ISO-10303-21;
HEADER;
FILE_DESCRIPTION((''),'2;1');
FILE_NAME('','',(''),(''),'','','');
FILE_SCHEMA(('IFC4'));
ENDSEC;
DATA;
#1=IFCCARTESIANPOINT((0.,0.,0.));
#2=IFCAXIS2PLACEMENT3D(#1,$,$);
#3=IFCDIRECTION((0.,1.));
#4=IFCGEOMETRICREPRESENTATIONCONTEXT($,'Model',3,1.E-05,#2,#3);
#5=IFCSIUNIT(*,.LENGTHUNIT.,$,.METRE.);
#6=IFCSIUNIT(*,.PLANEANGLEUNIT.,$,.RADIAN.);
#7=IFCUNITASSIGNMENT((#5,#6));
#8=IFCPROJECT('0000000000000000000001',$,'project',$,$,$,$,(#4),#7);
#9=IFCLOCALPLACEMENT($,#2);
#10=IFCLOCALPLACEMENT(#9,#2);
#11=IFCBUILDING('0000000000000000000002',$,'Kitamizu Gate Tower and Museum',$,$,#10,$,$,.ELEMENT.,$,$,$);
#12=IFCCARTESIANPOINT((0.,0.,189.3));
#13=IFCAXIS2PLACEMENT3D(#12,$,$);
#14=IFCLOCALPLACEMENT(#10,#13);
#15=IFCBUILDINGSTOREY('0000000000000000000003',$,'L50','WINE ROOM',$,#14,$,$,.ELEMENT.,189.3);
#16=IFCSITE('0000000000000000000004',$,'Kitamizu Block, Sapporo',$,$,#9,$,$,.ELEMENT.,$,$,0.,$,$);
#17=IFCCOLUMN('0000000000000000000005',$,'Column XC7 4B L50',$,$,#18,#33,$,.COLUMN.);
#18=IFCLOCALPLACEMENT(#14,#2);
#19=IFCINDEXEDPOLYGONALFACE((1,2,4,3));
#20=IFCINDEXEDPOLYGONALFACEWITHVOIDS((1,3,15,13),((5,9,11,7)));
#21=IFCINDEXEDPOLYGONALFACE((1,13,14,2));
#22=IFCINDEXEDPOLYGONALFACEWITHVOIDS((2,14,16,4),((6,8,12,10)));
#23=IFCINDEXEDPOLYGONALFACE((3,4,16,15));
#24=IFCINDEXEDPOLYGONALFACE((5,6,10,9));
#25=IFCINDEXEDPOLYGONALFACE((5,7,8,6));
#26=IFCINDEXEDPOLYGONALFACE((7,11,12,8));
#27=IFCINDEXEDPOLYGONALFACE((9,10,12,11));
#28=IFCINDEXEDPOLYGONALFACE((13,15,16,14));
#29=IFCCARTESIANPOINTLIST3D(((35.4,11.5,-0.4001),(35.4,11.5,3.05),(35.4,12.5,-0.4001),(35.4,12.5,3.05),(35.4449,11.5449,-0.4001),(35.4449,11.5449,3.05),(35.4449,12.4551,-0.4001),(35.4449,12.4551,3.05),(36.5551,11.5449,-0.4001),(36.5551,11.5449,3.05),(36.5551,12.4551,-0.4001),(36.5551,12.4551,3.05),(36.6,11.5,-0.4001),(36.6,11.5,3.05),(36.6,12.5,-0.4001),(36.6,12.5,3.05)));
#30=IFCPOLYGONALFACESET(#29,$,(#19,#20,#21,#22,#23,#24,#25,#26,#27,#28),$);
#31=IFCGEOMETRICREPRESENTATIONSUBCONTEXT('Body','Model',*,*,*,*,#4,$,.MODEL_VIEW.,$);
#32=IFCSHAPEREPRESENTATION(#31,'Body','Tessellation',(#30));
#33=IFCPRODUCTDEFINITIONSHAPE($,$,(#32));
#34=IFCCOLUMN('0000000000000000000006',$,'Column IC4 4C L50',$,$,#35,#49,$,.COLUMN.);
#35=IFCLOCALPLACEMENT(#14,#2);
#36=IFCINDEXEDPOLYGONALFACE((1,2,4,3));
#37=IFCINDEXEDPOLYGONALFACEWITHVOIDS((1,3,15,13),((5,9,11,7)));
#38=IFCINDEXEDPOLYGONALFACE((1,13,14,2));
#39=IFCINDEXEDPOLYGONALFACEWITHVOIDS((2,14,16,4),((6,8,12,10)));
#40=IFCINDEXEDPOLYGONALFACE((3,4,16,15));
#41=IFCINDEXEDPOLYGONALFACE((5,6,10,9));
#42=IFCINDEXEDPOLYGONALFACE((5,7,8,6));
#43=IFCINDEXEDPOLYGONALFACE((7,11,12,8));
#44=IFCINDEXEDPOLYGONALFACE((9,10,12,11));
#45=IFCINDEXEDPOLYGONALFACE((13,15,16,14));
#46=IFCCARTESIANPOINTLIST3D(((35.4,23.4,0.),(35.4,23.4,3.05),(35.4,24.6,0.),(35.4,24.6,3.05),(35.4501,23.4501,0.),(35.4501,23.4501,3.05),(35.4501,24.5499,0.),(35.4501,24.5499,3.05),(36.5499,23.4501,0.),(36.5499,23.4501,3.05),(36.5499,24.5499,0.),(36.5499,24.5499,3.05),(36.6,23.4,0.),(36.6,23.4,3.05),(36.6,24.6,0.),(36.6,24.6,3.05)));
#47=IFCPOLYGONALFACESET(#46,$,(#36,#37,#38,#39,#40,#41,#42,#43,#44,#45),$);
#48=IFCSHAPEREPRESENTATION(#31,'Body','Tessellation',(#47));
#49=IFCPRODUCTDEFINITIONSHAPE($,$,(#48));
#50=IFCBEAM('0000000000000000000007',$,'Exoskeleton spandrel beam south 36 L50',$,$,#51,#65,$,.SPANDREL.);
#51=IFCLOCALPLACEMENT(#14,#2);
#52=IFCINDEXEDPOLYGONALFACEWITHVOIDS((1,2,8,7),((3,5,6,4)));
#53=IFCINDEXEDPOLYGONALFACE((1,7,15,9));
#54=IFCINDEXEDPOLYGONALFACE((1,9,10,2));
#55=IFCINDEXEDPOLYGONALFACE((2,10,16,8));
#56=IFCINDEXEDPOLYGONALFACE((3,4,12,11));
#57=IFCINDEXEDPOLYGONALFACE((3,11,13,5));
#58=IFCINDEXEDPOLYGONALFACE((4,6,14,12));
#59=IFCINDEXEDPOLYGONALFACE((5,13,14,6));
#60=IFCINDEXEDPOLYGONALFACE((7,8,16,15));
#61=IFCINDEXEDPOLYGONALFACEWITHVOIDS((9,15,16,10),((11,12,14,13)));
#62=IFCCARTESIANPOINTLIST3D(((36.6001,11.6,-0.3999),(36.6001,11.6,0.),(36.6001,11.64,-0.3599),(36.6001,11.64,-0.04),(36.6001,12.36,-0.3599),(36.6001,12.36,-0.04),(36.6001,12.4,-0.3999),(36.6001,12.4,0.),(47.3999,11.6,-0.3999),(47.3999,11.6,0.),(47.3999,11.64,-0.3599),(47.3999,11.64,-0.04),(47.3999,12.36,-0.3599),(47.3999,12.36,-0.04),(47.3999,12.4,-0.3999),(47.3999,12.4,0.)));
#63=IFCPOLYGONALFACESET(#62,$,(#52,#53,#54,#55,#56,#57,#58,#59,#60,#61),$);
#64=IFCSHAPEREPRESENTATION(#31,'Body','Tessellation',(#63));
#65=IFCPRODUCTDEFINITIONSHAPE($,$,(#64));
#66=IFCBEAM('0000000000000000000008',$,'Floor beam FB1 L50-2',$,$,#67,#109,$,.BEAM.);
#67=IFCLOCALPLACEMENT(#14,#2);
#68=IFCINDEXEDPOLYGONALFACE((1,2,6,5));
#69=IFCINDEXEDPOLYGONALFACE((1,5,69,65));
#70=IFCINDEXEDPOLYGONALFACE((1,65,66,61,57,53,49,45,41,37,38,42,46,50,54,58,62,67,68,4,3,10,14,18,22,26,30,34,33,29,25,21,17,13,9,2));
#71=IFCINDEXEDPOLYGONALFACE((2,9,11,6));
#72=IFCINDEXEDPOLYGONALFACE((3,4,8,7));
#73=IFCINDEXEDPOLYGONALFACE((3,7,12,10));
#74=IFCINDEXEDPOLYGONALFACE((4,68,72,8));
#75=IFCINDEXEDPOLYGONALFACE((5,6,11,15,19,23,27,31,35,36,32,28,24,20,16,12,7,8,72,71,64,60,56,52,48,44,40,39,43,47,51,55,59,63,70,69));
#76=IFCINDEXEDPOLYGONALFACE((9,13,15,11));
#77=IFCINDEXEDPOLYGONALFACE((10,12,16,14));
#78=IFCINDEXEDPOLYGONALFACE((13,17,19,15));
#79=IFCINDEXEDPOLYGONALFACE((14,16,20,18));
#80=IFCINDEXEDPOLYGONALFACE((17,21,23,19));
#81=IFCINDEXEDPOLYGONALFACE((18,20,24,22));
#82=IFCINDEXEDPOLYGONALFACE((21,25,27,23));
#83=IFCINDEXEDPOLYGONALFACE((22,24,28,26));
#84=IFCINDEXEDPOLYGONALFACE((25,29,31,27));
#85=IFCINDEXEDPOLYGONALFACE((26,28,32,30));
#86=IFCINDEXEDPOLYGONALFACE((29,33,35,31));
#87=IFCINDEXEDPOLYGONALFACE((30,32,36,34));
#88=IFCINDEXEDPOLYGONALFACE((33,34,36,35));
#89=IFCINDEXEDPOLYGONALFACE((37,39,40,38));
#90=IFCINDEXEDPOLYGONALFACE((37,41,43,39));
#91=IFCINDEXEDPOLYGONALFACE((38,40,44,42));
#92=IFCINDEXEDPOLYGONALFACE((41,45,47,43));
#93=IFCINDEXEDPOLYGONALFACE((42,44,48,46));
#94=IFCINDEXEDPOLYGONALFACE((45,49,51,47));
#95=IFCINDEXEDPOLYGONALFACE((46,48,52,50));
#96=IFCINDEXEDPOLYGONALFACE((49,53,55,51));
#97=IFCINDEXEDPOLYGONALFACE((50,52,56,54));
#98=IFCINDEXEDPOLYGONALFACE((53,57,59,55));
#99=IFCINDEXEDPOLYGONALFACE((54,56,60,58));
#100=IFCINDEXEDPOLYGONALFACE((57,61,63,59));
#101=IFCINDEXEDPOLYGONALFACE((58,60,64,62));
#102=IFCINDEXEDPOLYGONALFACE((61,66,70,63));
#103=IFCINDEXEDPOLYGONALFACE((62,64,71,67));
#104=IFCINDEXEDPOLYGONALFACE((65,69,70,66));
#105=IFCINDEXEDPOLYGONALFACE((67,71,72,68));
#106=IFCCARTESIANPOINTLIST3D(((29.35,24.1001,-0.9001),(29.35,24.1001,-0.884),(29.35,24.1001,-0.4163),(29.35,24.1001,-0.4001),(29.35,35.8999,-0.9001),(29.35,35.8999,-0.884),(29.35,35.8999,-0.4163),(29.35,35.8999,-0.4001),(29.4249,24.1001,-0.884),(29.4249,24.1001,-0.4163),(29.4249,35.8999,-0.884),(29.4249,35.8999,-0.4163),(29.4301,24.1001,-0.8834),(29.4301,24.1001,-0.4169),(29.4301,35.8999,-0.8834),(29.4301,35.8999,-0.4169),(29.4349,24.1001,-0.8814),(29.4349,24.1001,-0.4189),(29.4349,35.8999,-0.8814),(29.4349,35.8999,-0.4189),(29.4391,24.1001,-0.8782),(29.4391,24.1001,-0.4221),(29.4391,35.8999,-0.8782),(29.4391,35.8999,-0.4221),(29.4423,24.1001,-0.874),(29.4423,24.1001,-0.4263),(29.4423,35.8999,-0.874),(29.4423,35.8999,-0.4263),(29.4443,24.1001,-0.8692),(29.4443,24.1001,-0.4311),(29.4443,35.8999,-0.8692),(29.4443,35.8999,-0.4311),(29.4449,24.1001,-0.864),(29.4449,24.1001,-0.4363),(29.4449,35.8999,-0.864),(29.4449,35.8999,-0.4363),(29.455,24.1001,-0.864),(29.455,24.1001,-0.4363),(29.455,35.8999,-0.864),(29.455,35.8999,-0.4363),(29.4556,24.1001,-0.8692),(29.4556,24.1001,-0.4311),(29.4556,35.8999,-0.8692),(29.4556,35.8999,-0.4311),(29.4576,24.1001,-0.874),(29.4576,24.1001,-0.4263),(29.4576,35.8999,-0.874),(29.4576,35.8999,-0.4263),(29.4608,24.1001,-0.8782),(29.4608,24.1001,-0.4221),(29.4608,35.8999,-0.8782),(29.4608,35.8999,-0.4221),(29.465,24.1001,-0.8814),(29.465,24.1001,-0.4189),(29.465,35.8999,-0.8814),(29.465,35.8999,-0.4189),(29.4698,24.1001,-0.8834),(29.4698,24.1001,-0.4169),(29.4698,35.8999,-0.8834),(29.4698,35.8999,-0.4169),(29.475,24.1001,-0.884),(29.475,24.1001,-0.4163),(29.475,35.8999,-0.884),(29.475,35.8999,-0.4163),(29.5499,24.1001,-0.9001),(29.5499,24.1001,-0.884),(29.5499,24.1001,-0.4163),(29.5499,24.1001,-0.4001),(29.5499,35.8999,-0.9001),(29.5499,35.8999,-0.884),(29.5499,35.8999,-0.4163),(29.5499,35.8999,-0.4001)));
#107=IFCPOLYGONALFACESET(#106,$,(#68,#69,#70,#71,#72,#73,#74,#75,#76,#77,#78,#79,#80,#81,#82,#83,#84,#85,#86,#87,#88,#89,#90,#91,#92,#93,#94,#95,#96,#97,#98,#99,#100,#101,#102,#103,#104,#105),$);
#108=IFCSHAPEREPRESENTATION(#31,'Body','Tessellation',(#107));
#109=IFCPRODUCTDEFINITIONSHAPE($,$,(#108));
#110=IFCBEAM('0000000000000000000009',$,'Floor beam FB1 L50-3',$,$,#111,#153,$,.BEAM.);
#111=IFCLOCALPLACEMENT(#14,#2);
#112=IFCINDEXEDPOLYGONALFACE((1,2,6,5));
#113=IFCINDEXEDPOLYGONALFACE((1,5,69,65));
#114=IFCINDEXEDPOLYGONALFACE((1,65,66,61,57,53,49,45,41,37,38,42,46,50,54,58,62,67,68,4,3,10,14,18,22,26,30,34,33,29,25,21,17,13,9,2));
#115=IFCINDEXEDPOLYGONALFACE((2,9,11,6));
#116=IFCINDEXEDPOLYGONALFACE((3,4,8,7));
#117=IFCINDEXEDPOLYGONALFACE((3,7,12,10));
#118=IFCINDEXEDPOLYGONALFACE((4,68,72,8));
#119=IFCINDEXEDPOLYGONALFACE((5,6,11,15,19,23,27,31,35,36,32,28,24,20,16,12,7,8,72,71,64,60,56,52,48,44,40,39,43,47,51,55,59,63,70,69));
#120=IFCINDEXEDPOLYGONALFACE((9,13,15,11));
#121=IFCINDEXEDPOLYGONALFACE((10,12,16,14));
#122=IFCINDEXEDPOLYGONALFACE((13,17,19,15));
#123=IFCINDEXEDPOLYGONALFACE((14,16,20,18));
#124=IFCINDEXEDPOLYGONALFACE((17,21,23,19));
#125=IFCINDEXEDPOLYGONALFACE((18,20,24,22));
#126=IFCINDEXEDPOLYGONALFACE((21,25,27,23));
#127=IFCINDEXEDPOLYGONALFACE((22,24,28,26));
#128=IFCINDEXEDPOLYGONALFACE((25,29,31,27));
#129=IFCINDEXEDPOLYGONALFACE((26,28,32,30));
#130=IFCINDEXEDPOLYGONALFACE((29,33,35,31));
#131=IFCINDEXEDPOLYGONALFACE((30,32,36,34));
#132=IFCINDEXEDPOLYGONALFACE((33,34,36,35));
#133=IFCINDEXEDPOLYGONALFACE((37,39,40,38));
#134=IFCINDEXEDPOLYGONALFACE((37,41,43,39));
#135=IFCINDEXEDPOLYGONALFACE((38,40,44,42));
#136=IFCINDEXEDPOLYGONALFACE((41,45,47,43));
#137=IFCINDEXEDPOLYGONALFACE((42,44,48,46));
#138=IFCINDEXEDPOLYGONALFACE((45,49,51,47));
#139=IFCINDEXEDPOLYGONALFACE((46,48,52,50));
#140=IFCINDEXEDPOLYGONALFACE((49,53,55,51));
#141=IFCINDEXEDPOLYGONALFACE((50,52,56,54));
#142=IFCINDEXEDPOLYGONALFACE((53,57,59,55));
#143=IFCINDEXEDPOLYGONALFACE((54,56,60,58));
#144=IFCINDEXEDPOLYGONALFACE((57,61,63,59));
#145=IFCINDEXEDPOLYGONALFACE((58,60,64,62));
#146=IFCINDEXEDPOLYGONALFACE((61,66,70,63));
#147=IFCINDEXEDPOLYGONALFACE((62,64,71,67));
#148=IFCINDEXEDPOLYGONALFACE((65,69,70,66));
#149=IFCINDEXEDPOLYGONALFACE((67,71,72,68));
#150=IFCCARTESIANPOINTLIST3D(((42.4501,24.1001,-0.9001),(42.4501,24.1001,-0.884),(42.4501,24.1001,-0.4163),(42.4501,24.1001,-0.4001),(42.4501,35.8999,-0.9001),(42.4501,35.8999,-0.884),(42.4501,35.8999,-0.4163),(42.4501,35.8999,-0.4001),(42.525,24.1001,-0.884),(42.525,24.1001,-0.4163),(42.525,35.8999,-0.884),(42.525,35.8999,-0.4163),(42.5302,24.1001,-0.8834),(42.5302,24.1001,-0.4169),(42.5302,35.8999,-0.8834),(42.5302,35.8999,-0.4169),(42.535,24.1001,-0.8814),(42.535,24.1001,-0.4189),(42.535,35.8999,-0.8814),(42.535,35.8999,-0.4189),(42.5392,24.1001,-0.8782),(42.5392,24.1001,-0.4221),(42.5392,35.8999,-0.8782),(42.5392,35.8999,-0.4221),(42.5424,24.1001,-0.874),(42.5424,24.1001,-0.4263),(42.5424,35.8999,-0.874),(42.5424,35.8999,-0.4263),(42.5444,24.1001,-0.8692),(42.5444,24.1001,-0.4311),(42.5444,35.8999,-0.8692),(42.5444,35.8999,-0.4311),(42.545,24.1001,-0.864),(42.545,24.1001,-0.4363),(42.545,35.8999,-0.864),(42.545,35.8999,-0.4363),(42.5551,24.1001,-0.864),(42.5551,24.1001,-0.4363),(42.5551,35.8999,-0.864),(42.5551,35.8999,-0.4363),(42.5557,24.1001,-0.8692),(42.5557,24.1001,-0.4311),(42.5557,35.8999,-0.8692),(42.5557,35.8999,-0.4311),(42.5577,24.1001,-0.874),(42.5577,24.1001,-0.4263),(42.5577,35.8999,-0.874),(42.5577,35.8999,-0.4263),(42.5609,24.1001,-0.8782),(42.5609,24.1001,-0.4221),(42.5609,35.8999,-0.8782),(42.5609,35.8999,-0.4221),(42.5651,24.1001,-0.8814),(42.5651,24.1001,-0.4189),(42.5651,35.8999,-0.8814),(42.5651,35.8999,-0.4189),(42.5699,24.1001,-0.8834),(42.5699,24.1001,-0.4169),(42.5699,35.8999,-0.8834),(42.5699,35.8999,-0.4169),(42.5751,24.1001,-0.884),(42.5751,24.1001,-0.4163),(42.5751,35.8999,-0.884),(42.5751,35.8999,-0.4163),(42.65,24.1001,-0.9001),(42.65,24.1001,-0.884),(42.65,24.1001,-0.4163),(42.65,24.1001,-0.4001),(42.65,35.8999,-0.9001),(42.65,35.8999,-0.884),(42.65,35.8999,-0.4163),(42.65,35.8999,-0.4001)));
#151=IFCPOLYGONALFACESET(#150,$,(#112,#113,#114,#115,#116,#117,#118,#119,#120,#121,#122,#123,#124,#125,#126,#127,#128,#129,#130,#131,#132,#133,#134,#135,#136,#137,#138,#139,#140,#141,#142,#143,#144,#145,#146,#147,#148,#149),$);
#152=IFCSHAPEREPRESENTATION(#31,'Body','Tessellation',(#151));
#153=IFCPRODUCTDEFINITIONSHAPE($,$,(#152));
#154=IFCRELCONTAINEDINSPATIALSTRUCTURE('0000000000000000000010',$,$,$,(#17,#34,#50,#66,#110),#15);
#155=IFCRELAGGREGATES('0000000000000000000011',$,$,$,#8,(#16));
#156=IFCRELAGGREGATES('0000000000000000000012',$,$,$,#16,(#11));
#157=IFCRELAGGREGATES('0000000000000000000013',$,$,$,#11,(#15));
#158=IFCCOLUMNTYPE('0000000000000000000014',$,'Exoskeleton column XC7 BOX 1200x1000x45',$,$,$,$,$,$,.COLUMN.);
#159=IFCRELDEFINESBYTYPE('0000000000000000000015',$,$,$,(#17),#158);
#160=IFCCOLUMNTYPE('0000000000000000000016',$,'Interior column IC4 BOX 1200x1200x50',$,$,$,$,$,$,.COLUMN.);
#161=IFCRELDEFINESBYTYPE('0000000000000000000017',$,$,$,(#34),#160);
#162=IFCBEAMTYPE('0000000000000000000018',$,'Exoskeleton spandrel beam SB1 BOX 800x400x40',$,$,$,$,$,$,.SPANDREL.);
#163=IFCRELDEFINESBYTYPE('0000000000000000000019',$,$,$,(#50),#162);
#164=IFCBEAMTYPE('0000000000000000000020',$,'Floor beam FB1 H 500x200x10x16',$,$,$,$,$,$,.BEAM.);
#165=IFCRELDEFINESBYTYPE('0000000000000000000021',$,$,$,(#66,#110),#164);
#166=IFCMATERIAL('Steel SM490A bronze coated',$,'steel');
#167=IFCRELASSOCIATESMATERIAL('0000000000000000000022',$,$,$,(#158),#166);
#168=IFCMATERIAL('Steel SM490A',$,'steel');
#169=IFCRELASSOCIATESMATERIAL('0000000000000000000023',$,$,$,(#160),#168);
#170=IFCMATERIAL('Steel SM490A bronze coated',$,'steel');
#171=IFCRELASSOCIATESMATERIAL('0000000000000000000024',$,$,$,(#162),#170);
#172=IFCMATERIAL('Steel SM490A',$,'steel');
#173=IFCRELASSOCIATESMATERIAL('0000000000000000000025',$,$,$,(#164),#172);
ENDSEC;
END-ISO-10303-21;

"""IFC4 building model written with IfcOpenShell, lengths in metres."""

from ifc_helpers import new_model, si_unit, direction, frame, origin, origin_2d, place, context, subcontext, project, spatial, hollow_rectangle, i_section, extrude, material, material_profile, profile_set, type_object, element, save


model = new_model("IFC4")

# Units and contexts
model_context = context("Model", 3, precision=1e-05, world=origin(), true_north=direction((0.0, 1.0)))
body_context = subcontext(model_context, "Body", "Model", "MODEL_VIEW")
ifc_project = project(units=[si_unit("LENGTHUNIT", "METRE"), si_unit("PLANEANGLEUNIT", "RADIAN")], contexts=[model_context])

# Site, building, storey
site_placement = place(None, origin())
site = spatial("IfcSite", under=ifc_project, at=site_placement, Name="Kitamizu Block, Sapporo", CompositionType="ELEMENT", RefElevation=0.0)
building_placement = place(site_placement, origin())
building = spatial("IfcBuilding", under=site, at=building_placement, Name="Kitamizu Gate Tower and Museum", CompositionType="ELEMENT")
storey_placement = place(building_placement, frame((0.0, 0.0, 189.3)))
storey = spatial("IfcBuildingStorey", under=building, at=storey_placement, Name="L50", Description="WINE ROOM", CompositionType="ELEMENT", Elevation=189.3)

# Columns
ifc_material_1 = material(Name="Steel SM490A bronze coated", Category="steel")
ifc_material_profile_1 = material_profile(ifc_material_1, hollow_rectangle(XDim=1.2, YDim=1.0, WallThickness=0.0449, at=origin_2d()), Name="BOX 1200x1000x45")
ifc_profile_set_1 = profile_set([ifc_material_profile_1], Name="Steel SM490A bronze coated")
column_type_1 = type_object("IfcColumnType", Name="Exoskeleton column XC7 BOX 1200x1000x45", PredefinedType="COLUMN", material=ifc_profile_set_1)
column_1_placement = place(storey_placement, frame((36.0, 12.0, -0.4001), z_axis=(0.0, 0.0, 1.0), x_axis=(1.0, 0.0, 0.0)))
element("IfcColumn", 1, at=column_1_placement, inside=storey, type_object=column_type_1, Name="Column XC7 4B L50", PredefinedType="COLUMN", context=body_context, shape_type="SweptSolid", body=[
    extrude(hollow_rectangle(XDim=1.2, YDim=1.0, WallThickness=0.0449, at=origin_2d()), origin(), (0.0, 0.0, 1.0), 3.4502),
])
ifc_material_2 = material(Name="Steel SM490A", Category="steel")
ifc_material_profile_2 = material_profile(ifc_material_2, hollow_rectangle(XDim=1.2, YDim=1.2, WallThickness=0.05, at=origin_2d()), Name="BOX 1200x1200x50")
ifc_profile_set_2 = profile_set([ifc_material_profile_2], Name="Steel SM490A")
column_type_2 = type_object("IfcColumnType", Name="Interior column IC4 BOX 1200x1200x50", PredefinedType="COLUMN", material=ifc_profile_set_2)
column_2_placement = place(storey_placement, frame((36.0, 24.0, 0.0), z_axis=(0.0, 0.0, 1.0), x_axis=(1.0, 0.0, 0.0)))
element("IfcColumn", 2, at=column_2_placement, inside=storey, type_object=column_type_2, Name="Column IC4 4C L50", PredefinedType="COLUMN", context=body_context, shape_type="SweptSolid", body=[
    extrude(hollow_rectangle(XDim=1.2, YDim=1.2, WallThickness=0.05, at=origin_2d()), origin(), (0.0, 0.0, 1.0), 3.05),
])

# Beams
ifc_material_3 = material(Name="Steel SM490A bronze coated", Category="steel")
ifc_material_profile_3 = material_profile(ifc_material_3, hollow_rectangle(XDim=0.8, YDim=0.3999, WallThickness=0.04, at=origin_2d()), Name="BOX 800x400x40")
ifc_profile_set_3 = profile_set([ifc_material_profile_3], Name="Steel SM490A bronze coated")
beam_type_1 = type_object("IfcBeamType", Name="Exoskeleton spandrel beam SB1 BOX 800x400x40", PredefinedType="SPANDREL", material=ifc_profile_set_3)
beam_1_placement = place(storey_placement, frame((36.6001, 12.0, -0.2), z_axis=(1.0, 0.0, 0.0), x_axis=(0.0, 1.0, 0.0)))
element("IfcBeam", 3, at=beam_1_placement, inside=storey, type_object=beam_type_1, Name="Exoskeleton spandrel beam south 36 L50", PredefinedType="SPANDREL", context=body_context, shape_type="SweptSolid", body=[
    extrude(hollow_rectangle(XDim=0.8, YDim=0.3999, WallThickness=0.04, at=origin_2d()), origin(), (0.0, 0.0, 1.0), 10.7998),
])
ifc_material_4 = material(Name="Steel SM490A", Category="steel")
ifc_material_profile_4 = material_profile(ifc_material_4, i_section(OverallWidth=0.2, OverallDepth=0.5, WebThickness=0.01, FlangeThickness=0.0161, FilletRadius=0.02, at=origin_2d()), Name="H-500x200x10x16")
ifc_profile_set_4 = profile_set([ifc_material_profile_4], Name="Steel SM490A")
beam_type_2 = type_object("IfcBeamType", Name="Floor beam FB1 H 500x200x10x16", PredefinedType="BEAM", material=ifc_profile_set_4)
for number, where, z_axis, x_axis, name in (
    (4, (29.45, 24.1001, -0.6501), (0.0, 1.0, 0.0), (-1.0, 0.0, 0.0), "Floor beam FB1 L50-2"),
    (5, (42.55, 24.1001, -0.6501), (0.0, 1.0, 0.0), (-1.0, 0.0, 0.0), "Floor beam FB1 L50-3"),
):
    element("IfcBeam", number, at=place(storey_placement, frame(where, z_axis=z_axis, x_axis=x_axis)), inside=storey, type_object=beam_type_2, Name=name, PredefinedType="BEAM", context=body_context, shape_type="SweptSolid", body=[
        extrude(i_section(OverallWidth=0.2, OverallDepth=0.5, WebThickness=0.01, FlangeThickness=0.0161, FilletRadius=0.02, at=origin_2d()), origin(), (0.0, 0.0, 1.0), 11.7998),
    ])

save(model, "model.ifc")
